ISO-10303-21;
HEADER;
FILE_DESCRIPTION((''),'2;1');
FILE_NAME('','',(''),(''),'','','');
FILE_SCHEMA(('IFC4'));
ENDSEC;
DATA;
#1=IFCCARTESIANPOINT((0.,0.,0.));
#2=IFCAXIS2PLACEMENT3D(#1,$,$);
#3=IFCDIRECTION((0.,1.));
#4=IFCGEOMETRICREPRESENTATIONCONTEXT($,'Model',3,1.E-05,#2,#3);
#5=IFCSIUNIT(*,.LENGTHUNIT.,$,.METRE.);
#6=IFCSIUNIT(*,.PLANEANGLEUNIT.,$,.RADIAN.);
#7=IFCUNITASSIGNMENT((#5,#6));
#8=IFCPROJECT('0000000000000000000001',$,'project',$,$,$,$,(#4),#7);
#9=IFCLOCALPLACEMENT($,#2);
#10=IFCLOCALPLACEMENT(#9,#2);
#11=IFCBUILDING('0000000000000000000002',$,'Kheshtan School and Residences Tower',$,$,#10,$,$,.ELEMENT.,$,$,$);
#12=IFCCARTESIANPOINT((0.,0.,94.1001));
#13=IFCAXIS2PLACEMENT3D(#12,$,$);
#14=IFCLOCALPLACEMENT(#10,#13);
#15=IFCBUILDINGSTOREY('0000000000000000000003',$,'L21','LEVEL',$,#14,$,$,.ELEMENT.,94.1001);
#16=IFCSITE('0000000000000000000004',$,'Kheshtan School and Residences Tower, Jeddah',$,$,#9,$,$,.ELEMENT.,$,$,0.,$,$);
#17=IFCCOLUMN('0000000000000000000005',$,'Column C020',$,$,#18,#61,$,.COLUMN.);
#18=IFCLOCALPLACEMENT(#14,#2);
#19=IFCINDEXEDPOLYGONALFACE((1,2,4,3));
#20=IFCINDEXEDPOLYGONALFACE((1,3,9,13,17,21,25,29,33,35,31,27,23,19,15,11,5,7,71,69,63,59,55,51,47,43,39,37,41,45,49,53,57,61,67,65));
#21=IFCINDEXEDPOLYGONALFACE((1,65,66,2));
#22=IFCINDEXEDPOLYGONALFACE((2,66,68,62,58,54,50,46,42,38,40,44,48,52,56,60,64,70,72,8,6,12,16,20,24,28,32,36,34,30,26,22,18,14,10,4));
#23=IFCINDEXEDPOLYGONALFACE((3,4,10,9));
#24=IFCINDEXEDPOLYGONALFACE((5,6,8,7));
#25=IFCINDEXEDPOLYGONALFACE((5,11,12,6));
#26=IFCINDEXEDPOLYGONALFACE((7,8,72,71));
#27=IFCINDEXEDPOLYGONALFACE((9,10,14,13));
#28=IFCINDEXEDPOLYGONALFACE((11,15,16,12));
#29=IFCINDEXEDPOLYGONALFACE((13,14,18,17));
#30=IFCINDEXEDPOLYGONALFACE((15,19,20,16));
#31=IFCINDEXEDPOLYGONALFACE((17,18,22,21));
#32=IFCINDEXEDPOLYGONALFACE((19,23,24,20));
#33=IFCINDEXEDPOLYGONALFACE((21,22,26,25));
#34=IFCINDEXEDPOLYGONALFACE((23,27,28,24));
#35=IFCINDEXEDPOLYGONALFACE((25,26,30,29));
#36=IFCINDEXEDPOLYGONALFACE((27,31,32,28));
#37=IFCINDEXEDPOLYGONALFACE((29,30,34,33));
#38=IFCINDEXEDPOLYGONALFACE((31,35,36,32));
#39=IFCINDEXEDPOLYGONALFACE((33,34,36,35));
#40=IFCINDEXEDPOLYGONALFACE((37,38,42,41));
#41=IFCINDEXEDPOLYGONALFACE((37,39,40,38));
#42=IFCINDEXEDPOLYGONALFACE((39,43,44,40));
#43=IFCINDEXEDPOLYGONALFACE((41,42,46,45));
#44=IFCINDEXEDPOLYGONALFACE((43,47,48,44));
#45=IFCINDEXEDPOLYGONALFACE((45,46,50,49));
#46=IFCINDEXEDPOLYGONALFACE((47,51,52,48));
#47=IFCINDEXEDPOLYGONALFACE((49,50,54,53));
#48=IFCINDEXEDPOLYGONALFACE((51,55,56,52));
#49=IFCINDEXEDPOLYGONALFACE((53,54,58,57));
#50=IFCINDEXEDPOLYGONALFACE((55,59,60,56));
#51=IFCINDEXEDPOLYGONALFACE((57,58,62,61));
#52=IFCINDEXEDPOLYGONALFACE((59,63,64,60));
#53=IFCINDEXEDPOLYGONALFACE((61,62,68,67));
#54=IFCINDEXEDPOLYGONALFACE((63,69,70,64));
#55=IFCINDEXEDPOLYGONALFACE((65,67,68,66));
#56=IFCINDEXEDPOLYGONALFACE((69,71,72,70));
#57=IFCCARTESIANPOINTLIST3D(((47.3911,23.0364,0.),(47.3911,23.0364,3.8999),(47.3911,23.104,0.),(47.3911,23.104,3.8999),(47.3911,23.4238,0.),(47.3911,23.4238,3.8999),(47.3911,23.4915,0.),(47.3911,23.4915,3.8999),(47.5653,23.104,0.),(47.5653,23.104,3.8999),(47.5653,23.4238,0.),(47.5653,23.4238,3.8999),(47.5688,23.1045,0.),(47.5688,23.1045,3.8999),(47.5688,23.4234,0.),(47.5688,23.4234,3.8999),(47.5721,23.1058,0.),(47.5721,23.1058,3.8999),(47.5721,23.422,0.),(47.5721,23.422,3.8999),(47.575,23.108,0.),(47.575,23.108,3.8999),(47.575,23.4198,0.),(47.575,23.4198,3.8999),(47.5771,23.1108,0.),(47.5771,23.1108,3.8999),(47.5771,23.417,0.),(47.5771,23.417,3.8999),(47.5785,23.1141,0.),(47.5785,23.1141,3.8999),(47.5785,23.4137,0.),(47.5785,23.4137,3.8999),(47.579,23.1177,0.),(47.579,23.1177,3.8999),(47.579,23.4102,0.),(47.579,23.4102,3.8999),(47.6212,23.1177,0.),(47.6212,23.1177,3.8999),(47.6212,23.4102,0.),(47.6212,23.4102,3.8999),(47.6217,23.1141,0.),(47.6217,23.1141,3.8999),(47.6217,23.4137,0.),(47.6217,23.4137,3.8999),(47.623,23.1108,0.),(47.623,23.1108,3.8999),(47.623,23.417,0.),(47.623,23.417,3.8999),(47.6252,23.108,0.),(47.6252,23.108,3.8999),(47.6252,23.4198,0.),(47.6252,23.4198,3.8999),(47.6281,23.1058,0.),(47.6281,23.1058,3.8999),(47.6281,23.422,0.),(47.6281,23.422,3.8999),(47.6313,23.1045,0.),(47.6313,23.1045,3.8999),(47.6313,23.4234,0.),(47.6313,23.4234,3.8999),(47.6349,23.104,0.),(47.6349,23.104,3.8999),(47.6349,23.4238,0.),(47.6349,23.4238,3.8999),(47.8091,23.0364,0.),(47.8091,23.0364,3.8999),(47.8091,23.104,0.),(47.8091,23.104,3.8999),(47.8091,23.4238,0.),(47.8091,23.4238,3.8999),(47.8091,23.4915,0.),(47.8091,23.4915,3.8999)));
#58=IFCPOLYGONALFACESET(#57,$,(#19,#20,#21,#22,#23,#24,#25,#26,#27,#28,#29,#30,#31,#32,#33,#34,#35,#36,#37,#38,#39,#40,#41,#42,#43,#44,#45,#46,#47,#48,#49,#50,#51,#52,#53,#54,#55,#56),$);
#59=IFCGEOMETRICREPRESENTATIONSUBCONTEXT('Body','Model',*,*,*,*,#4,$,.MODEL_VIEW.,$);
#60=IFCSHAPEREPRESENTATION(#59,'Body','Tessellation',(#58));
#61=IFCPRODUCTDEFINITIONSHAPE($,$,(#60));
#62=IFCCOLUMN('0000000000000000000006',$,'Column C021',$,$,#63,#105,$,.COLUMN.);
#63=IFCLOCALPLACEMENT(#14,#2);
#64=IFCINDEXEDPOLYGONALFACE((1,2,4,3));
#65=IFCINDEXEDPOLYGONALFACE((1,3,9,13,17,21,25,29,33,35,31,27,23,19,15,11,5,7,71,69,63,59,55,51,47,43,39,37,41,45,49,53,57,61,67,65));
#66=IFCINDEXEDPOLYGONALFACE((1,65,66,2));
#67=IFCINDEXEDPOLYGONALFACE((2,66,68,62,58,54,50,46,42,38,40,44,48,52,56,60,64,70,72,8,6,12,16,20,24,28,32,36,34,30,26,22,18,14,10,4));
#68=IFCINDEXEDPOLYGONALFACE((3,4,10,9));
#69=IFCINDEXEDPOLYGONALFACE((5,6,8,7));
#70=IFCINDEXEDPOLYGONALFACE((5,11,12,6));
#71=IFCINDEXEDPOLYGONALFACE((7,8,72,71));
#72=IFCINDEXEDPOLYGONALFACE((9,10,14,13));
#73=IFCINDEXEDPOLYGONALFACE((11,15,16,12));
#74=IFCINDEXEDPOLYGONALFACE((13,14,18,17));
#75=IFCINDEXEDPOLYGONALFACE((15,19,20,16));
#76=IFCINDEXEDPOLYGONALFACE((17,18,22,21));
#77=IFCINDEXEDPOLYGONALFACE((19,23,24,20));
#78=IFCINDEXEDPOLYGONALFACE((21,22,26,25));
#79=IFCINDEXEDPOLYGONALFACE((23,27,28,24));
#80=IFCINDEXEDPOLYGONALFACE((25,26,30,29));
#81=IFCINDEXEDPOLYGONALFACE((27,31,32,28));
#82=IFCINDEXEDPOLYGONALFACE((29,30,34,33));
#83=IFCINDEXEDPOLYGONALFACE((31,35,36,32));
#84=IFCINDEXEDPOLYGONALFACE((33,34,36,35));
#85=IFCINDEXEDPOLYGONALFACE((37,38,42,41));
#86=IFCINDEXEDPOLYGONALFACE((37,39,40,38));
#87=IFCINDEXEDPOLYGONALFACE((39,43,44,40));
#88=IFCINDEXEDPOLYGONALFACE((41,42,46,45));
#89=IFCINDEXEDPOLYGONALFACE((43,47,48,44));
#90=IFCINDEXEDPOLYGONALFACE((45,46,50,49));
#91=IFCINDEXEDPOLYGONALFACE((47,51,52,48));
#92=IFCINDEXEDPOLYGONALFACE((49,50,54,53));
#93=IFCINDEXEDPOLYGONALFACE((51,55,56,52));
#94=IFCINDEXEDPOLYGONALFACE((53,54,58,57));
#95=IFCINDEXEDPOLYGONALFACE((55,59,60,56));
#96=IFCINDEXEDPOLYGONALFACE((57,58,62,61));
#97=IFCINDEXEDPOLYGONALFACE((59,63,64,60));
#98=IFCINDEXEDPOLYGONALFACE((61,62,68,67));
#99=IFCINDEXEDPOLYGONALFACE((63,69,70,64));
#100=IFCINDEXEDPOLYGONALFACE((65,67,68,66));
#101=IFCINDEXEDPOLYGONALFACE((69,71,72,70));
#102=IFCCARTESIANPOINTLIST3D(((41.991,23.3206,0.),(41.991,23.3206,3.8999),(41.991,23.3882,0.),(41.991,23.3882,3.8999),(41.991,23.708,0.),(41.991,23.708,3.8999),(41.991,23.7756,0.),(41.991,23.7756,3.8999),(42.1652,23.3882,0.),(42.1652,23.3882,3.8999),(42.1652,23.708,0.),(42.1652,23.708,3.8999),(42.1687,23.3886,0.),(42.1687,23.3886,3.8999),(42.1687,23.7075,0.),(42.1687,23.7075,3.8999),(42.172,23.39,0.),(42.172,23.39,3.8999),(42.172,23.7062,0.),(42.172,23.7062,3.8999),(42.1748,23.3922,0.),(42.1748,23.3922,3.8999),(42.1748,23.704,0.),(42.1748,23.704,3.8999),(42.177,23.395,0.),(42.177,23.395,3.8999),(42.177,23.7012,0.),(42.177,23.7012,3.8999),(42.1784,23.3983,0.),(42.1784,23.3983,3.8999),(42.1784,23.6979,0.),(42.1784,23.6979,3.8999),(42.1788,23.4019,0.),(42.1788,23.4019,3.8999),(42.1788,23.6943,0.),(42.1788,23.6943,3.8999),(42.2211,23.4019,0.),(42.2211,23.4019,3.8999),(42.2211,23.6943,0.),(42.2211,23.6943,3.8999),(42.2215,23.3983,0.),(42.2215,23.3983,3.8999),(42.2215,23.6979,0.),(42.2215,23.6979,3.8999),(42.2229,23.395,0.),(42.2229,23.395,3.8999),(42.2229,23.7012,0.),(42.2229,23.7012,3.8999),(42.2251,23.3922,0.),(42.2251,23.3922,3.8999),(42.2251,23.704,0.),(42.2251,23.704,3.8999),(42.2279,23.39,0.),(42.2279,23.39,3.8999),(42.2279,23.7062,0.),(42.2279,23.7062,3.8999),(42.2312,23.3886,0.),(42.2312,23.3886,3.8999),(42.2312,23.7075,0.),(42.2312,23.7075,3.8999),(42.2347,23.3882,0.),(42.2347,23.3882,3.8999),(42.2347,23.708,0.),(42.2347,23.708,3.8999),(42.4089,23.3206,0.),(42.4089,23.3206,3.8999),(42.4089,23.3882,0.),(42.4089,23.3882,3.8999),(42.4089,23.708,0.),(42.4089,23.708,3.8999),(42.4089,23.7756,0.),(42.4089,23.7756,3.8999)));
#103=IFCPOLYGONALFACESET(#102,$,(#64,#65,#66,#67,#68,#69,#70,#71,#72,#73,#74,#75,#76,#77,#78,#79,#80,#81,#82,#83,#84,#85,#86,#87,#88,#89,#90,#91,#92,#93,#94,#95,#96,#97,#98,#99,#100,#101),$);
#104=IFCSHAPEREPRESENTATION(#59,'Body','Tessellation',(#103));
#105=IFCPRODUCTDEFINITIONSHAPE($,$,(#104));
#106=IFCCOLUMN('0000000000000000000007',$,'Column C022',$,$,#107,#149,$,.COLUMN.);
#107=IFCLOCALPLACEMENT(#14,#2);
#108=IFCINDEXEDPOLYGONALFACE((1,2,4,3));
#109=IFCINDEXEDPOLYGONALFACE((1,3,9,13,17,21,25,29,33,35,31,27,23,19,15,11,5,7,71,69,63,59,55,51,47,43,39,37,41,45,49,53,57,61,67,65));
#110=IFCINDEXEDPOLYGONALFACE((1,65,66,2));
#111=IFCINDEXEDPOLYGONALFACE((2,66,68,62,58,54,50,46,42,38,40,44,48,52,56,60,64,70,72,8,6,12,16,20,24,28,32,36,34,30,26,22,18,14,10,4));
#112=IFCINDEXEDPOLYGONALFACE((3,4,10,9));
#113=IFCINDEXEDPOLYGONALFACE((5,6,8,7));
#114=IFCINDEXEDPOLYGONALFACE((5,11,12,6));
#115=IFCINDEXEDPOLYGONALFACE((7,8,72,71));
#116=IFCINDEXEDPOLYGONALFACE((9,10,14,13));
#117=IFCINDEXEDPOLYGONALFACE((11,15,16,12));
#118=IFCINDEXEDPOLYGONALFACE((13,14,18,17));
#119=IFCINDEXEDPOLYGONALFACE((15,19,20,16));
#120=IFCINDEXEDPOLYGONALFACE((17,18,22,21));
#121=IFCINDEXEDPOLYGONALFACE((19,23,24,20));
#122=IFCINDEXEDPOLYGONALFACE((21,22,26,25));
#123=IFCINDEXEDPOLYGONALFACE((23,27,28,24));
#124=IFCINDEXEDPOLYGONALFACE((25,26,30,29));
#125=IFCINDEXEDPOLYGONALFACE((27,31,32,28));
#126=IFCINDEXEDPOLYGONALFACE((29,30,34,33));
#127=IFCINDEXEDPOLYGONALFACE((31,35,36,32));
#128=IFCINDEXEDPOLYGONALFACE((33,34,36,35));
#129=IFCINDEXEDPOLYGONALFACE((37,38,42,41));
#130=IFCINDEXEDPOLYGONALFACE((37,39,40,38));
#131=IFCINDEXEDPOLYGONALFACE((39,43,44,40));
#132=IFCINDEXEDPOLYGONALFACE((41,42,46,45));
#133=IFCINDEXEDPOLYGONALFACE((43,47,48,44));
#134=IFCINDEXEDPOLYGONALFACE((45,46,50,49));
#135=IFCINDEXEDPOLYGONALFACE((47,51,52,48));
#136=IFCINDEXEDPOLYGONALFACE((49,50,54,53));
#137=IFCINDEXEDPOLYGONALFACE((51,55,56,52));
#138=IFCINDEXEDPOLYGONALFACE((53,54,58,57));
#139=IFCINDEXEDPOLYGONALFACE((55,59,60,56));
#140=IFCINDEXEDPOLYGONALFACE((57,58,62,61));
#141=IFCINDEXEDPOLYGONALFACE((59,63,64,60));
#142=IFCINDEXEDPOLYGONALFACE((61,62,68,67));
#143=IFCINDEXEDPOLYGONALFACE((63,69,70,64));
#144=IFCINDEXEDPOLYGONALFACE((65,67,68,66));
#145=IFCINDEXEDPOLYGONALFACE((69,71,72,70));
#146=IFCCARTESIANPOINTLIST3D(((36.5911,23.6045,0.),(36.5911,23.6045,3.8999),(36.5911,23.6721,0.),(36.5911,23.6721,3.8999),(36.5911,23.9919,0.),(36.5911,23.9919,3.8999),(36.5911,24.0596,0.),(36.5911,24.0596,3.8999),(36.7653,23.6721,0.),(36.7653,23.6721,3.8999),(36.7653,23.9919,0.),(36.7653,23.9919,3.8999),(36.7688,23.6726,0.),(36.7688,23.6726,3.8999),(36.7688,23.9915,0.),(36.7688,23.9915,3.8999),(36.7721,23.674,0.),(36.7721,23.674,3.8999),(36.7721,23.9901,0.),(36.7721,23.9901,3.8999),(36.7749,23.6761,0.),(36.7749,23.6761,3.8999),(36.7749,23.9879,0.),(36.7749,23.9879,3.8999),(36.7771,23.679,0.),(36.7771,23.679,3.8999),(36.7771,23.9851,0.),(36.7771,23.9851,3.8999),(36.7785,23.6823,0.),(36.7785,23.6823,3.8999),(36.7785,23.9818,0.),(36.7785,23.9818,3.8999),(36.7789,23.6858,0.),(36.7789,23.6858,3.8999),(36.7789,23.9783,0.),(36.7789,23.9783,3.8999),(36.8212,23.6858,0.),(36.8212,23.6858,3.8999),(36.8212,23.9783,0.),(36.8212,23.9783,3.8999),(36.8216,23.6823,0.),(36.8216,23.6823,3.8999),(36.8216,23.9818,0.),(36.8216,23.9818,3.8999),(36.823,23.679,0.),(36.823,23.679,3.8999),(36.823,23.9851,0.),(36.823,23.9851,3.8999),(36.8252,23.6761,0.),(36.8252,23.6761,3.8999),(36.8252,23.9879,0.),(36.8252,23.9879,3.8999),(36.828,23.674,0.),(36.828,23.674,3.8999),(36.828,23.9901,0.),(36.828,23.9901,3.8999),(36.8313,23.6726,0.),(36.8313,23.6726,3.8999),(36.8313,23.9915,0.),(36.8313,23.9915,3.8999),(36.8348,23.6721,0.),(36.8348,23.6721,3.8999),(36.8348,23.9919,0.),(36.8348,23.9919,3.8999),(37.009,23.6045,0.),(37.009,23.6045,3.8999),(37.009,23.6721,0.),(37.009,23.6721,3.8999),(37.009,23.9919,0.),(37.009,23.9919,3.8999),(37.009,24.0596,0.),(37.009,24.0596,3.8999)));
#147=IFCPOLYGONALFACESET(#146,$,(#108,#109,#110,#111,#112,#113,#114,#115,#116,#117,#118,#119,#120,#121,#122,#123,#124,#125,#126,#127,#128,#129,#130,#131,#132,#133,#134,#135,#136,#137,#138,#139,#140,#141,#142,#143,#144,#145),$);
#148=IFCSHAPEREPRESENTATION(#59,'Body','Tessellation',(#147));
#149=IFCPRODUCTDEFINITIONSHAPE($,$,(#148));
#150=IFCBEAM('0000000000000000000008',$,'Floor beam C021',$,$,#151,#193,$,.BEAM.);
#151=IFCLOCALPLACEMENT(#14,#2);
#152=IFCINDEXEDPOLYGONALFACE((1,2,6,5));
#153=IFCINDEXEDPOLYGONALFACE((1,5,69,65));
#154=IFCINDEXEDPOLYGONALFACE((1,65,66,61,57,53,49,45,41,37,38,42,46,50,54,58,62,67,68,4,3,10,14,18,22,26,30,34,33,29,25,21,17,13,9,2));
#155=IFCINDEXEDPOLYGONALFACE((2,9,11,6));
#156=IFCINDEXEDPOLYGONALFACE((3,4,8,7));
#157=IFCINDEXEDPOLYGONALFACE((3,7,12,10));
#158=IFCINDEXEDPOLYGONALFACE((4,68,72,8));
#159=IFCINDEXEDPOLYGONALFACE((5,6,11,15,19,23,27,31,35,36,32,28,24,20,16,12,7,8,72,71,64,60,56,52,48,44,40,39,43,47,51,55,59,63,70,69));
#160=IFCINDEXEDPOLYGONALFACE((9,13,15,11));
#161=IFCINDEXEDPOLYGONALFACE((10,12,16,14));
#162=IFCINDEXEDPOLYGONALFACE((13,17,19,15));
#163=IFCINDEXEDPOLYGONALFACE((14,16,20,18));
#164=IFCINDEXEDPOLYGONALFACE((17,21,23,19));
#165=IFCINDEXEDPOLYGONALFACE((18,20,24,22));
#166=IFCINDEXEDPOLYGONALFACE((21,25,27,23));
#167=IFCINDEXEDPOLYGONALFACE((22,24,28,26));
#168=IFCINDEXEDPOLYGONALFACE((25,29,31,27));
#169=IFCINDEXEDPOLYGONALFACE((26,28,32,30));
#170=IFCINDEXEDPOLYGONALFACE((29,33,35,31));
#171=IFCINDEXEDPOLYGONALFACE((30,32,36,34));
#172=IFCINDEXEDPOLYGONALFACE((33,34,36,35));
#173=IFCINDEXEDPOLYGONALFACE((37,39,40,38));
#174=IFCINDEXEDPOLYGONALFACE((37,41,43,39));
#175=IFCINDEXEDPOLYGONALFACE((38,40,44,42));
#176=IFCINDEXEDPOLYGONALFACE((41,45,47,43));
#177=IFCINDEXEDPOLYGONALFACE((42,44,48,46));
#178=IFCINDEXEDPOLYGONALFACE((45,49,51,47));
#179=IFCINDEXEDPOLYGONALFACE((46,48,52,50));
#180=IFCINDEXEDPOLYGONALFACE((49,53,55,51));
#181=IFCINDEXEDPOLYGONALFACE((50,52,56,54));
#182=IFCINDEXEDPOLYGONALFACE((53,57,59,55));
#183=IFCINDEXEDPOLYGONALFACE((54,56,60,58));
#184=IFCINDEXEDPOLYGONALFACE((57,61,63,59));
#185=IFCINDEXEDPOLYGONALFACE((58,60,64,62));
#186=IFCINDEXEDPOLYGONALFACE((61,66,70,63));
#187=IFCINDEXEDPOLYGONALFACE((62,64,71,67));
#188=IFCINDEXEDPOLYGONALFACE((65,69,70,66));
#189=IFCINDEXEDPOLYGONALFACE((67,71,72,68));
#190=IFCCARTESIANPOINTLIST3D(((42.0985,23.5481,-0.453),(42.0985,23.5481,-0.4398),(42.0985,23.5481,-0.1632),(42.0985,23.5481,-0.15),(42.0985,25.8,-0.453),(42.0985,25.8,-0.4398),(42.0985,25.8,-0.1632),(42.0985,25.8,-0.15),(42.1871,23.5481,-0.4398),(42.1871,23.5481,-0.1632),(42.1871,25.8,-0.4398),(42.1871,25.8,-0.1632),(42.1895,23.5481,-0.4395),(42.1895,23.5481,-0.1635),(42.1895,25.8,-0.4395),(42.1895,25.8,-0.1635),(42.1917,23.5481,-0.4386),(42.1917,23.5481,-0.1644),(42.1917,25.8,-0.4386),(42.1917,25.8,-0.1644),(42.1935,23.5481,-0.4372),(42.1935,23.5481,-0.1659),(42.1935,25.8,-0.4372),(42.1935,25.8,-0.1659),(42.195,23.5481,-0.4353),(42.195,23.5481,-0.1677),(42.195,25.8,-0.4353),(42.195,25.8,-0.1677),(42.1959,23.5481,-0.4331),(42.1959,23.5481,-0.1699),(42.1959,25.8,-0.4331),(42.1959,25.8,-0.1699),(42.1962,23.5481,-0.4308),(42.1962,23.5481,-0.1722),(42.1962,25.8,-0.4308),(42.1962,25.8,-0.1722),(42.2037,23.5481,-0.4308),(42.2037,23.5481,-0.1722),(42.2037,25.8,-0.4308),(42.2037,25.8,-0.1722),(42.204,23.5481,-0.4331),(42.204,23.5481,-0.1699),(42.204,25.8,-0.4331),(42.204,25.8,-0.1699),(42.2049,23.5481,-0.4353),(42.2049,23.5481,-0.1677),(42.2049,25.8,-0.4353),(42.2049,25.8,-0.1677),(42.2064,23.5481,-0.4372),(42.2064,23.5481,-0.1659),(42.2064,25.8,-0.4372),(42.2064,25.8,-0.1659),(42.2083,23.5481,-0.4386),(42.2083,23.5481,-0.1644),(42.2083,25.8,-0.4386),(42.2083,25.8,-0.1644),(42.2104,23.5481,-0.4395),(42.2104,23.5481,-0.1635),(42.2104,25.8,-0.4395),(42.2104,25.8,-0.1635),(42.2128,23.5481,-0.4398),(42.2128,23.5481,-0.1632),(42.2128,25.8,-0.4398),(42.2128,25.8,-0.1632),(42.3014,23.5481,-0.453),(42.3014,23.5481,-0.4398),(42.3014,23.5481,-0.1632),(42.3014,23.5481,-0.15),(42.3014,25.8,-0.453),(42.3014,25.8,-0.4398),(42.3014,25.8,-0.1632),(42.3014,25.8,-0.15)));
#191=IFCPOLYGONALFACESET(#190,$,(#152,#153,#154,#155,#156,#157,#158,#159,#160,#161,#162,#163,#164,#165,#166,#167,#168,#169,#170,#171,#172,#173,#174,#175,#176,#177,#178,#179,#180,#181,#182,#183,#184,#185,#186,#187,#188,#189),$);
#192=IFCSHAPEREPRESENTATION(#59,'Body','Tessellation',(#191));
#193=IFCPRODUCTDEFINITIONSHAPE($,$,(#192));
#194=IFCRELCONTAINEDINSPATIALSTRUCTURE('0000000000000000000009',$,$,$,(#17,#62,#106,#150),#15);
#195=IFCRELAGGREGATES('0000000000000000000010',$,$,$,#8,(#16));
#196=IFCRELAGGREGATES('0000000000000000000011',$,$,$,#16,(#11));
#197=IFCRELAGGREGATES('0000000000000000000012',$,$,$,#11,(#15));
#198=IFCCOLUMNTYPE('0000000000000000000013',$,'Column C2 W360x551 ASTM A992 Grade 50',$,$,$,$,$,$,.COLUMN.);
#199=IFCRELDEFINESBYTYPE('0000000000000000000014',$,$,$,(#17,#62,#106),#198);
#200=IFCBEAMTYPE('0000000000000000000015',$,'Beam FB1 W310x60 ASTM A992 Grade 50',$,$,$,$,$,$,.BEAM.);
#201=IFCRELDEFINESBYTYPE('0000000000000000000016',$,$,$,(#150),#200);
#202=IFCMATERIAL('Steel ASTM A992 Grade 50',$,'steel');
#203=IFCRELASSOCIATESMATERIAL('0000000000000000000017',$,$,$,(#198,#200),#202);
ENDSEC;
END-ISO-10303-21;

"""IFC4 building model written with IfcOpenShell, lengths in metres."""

from ifc_helpers import new_model, si_unit, direction, frame, origin, origin_2d, place, context, subcontext, project, spatial, i_section, extrude, material, material_profile, profile_set, type_object, element, save


model = new_model("IFC4")

# Units and contexts
model_context = context("Model", 3, precision=1e-05, world=origin(), true_north=direction((0.0, 1.0)))
body_context = subcontext(model_context, "Body", "Model", "MODEL_VIEW")
ifc_project = project(units=[si_unit("LENGTHUNIT", "METRE"), si_unit("PLANEANGLEUNIT", "RADIAN")], contexts=[model_context])

# Site, building, storey
site_placement = place(None, origin())
site = spatial("IfcSite", under=ifc_project, at=site_placement, Name="Kheshtan School and Residences Tower, Jeddah", CompositionType="ELEMENT", RefElevation=0.0)
building_placement = place(site_placement, origin())
building = spatial("IfcBuilding", under=site, at=building_placement, Name="Kheshtan School and Residences Tower", CompositionType="ELEMENT")
storey_placement = place(building_placement, frame((0.0, 0.0, 94.1001)))
storey = spatial("IfcBuildingStorey", under=building, at=storey_placement, Name="L21", Description="LEVEL", CompositionType="ELEMENT", Elevation=94.1001)

# Columns
ifc_material_1 = material(Name="Steel ASTM A992 Grade 50", Category="steel")
ifc_material_profile_1 = material_profile(ifc_material_1, i_section(OverallWidth=0.418, OverallDepth=0.4551, WebThickness=0.0422, FlangeThickness=0.0676, FilletRadius=0.0137, at=origin_2d()), Name="W360x551")
ifc_profile_set_1 = profile_set([ifc_material_profile_1], Name="Steel ASTM A992 Grade 50")
column_type = type_object("IfcColumnType", Name="Column C2 W360x551 ASTM A992 Grade 50", PredefinedType="COLUMN", material=ifc_profile_set_1)
for number, where, z_axis, x_axis, name in (
    (1, (47.6001, 23.2639, 0.0), (0.0, 0.0, 1.0), (1.0, 0.0, 0.0), "Column C020"),
    (2, (42.2, 23.5481, 0.0), (0.0, 0.0, 1.0), (1.0, 0.0, 0.0), "Column C021"),
    (3, (36.8, 23.832, 0.0), (0.0, 0.0, 1.0), (1.0, 0.0, 0.0), "Column C022"),
):
    element("IfcColumn", number, at=place(storey_placement, frame(where, z_axis=z_axis, x_axis=x_axis)), inside=storey, type_object=column_type, Name=name, PredefinedType="COLUMN", context=body_context, shape_type="SweptSolid", body=[
        extrude(i_section(OverallWidth=0.418, OverallDepth=0.4551, WebThickness=0.0422, FlangeThickness=0.0676, FilletRadius=0.0137, at=origin_2d()), origin(), (0.0, 0.0, 1.0), 3.8999),
    ])

# Beam
ifc_material_profile_2 = material_profile(ifc_material_1, i_section(OverallWidth=0.2029, OverallDepth=0.303, WebThickness=0.0076, FlangeThickness=0.0132, FilletRadius=0.009, at=origin_2d()), Name="W310x60")
ifc_profile_set_2 = profile_set([ifc_material_profile_2], Name="Steel ASTM A992 Grade 50")
beam_type_1 = type_object("IfcBeamType", Name="Beam FB1 W310x60 ASTM A992 Grade 50", PredefinedType="BEAM", material=ifc_profile_set_2)
beam_1_placement = place(storey_placement, frame((42.2, 23.5481, -0.3015), z_axis=(0.0, 1.0, 0.0), x_axis=(-1.0, 0.0, 0.0)))
element("IfcBeam", 4, at=beam_1_placement, inside=storey, type_object=beam_type_1, Name="Floor beam C021", PredefinedType="BEAM", context=body_context, shape_type="SweptSolid", body=[
    extrude(i_section(OverallWidth=0.2029, OverallDepth=0.303, WebThickness=0.0076, FlangeThickness=0.0132, FilletRadius=0.009, at=origin_2d()), origin(), (0.0, 0.0, 1.0), 2.252),
])

save(model, "model.ifc")
